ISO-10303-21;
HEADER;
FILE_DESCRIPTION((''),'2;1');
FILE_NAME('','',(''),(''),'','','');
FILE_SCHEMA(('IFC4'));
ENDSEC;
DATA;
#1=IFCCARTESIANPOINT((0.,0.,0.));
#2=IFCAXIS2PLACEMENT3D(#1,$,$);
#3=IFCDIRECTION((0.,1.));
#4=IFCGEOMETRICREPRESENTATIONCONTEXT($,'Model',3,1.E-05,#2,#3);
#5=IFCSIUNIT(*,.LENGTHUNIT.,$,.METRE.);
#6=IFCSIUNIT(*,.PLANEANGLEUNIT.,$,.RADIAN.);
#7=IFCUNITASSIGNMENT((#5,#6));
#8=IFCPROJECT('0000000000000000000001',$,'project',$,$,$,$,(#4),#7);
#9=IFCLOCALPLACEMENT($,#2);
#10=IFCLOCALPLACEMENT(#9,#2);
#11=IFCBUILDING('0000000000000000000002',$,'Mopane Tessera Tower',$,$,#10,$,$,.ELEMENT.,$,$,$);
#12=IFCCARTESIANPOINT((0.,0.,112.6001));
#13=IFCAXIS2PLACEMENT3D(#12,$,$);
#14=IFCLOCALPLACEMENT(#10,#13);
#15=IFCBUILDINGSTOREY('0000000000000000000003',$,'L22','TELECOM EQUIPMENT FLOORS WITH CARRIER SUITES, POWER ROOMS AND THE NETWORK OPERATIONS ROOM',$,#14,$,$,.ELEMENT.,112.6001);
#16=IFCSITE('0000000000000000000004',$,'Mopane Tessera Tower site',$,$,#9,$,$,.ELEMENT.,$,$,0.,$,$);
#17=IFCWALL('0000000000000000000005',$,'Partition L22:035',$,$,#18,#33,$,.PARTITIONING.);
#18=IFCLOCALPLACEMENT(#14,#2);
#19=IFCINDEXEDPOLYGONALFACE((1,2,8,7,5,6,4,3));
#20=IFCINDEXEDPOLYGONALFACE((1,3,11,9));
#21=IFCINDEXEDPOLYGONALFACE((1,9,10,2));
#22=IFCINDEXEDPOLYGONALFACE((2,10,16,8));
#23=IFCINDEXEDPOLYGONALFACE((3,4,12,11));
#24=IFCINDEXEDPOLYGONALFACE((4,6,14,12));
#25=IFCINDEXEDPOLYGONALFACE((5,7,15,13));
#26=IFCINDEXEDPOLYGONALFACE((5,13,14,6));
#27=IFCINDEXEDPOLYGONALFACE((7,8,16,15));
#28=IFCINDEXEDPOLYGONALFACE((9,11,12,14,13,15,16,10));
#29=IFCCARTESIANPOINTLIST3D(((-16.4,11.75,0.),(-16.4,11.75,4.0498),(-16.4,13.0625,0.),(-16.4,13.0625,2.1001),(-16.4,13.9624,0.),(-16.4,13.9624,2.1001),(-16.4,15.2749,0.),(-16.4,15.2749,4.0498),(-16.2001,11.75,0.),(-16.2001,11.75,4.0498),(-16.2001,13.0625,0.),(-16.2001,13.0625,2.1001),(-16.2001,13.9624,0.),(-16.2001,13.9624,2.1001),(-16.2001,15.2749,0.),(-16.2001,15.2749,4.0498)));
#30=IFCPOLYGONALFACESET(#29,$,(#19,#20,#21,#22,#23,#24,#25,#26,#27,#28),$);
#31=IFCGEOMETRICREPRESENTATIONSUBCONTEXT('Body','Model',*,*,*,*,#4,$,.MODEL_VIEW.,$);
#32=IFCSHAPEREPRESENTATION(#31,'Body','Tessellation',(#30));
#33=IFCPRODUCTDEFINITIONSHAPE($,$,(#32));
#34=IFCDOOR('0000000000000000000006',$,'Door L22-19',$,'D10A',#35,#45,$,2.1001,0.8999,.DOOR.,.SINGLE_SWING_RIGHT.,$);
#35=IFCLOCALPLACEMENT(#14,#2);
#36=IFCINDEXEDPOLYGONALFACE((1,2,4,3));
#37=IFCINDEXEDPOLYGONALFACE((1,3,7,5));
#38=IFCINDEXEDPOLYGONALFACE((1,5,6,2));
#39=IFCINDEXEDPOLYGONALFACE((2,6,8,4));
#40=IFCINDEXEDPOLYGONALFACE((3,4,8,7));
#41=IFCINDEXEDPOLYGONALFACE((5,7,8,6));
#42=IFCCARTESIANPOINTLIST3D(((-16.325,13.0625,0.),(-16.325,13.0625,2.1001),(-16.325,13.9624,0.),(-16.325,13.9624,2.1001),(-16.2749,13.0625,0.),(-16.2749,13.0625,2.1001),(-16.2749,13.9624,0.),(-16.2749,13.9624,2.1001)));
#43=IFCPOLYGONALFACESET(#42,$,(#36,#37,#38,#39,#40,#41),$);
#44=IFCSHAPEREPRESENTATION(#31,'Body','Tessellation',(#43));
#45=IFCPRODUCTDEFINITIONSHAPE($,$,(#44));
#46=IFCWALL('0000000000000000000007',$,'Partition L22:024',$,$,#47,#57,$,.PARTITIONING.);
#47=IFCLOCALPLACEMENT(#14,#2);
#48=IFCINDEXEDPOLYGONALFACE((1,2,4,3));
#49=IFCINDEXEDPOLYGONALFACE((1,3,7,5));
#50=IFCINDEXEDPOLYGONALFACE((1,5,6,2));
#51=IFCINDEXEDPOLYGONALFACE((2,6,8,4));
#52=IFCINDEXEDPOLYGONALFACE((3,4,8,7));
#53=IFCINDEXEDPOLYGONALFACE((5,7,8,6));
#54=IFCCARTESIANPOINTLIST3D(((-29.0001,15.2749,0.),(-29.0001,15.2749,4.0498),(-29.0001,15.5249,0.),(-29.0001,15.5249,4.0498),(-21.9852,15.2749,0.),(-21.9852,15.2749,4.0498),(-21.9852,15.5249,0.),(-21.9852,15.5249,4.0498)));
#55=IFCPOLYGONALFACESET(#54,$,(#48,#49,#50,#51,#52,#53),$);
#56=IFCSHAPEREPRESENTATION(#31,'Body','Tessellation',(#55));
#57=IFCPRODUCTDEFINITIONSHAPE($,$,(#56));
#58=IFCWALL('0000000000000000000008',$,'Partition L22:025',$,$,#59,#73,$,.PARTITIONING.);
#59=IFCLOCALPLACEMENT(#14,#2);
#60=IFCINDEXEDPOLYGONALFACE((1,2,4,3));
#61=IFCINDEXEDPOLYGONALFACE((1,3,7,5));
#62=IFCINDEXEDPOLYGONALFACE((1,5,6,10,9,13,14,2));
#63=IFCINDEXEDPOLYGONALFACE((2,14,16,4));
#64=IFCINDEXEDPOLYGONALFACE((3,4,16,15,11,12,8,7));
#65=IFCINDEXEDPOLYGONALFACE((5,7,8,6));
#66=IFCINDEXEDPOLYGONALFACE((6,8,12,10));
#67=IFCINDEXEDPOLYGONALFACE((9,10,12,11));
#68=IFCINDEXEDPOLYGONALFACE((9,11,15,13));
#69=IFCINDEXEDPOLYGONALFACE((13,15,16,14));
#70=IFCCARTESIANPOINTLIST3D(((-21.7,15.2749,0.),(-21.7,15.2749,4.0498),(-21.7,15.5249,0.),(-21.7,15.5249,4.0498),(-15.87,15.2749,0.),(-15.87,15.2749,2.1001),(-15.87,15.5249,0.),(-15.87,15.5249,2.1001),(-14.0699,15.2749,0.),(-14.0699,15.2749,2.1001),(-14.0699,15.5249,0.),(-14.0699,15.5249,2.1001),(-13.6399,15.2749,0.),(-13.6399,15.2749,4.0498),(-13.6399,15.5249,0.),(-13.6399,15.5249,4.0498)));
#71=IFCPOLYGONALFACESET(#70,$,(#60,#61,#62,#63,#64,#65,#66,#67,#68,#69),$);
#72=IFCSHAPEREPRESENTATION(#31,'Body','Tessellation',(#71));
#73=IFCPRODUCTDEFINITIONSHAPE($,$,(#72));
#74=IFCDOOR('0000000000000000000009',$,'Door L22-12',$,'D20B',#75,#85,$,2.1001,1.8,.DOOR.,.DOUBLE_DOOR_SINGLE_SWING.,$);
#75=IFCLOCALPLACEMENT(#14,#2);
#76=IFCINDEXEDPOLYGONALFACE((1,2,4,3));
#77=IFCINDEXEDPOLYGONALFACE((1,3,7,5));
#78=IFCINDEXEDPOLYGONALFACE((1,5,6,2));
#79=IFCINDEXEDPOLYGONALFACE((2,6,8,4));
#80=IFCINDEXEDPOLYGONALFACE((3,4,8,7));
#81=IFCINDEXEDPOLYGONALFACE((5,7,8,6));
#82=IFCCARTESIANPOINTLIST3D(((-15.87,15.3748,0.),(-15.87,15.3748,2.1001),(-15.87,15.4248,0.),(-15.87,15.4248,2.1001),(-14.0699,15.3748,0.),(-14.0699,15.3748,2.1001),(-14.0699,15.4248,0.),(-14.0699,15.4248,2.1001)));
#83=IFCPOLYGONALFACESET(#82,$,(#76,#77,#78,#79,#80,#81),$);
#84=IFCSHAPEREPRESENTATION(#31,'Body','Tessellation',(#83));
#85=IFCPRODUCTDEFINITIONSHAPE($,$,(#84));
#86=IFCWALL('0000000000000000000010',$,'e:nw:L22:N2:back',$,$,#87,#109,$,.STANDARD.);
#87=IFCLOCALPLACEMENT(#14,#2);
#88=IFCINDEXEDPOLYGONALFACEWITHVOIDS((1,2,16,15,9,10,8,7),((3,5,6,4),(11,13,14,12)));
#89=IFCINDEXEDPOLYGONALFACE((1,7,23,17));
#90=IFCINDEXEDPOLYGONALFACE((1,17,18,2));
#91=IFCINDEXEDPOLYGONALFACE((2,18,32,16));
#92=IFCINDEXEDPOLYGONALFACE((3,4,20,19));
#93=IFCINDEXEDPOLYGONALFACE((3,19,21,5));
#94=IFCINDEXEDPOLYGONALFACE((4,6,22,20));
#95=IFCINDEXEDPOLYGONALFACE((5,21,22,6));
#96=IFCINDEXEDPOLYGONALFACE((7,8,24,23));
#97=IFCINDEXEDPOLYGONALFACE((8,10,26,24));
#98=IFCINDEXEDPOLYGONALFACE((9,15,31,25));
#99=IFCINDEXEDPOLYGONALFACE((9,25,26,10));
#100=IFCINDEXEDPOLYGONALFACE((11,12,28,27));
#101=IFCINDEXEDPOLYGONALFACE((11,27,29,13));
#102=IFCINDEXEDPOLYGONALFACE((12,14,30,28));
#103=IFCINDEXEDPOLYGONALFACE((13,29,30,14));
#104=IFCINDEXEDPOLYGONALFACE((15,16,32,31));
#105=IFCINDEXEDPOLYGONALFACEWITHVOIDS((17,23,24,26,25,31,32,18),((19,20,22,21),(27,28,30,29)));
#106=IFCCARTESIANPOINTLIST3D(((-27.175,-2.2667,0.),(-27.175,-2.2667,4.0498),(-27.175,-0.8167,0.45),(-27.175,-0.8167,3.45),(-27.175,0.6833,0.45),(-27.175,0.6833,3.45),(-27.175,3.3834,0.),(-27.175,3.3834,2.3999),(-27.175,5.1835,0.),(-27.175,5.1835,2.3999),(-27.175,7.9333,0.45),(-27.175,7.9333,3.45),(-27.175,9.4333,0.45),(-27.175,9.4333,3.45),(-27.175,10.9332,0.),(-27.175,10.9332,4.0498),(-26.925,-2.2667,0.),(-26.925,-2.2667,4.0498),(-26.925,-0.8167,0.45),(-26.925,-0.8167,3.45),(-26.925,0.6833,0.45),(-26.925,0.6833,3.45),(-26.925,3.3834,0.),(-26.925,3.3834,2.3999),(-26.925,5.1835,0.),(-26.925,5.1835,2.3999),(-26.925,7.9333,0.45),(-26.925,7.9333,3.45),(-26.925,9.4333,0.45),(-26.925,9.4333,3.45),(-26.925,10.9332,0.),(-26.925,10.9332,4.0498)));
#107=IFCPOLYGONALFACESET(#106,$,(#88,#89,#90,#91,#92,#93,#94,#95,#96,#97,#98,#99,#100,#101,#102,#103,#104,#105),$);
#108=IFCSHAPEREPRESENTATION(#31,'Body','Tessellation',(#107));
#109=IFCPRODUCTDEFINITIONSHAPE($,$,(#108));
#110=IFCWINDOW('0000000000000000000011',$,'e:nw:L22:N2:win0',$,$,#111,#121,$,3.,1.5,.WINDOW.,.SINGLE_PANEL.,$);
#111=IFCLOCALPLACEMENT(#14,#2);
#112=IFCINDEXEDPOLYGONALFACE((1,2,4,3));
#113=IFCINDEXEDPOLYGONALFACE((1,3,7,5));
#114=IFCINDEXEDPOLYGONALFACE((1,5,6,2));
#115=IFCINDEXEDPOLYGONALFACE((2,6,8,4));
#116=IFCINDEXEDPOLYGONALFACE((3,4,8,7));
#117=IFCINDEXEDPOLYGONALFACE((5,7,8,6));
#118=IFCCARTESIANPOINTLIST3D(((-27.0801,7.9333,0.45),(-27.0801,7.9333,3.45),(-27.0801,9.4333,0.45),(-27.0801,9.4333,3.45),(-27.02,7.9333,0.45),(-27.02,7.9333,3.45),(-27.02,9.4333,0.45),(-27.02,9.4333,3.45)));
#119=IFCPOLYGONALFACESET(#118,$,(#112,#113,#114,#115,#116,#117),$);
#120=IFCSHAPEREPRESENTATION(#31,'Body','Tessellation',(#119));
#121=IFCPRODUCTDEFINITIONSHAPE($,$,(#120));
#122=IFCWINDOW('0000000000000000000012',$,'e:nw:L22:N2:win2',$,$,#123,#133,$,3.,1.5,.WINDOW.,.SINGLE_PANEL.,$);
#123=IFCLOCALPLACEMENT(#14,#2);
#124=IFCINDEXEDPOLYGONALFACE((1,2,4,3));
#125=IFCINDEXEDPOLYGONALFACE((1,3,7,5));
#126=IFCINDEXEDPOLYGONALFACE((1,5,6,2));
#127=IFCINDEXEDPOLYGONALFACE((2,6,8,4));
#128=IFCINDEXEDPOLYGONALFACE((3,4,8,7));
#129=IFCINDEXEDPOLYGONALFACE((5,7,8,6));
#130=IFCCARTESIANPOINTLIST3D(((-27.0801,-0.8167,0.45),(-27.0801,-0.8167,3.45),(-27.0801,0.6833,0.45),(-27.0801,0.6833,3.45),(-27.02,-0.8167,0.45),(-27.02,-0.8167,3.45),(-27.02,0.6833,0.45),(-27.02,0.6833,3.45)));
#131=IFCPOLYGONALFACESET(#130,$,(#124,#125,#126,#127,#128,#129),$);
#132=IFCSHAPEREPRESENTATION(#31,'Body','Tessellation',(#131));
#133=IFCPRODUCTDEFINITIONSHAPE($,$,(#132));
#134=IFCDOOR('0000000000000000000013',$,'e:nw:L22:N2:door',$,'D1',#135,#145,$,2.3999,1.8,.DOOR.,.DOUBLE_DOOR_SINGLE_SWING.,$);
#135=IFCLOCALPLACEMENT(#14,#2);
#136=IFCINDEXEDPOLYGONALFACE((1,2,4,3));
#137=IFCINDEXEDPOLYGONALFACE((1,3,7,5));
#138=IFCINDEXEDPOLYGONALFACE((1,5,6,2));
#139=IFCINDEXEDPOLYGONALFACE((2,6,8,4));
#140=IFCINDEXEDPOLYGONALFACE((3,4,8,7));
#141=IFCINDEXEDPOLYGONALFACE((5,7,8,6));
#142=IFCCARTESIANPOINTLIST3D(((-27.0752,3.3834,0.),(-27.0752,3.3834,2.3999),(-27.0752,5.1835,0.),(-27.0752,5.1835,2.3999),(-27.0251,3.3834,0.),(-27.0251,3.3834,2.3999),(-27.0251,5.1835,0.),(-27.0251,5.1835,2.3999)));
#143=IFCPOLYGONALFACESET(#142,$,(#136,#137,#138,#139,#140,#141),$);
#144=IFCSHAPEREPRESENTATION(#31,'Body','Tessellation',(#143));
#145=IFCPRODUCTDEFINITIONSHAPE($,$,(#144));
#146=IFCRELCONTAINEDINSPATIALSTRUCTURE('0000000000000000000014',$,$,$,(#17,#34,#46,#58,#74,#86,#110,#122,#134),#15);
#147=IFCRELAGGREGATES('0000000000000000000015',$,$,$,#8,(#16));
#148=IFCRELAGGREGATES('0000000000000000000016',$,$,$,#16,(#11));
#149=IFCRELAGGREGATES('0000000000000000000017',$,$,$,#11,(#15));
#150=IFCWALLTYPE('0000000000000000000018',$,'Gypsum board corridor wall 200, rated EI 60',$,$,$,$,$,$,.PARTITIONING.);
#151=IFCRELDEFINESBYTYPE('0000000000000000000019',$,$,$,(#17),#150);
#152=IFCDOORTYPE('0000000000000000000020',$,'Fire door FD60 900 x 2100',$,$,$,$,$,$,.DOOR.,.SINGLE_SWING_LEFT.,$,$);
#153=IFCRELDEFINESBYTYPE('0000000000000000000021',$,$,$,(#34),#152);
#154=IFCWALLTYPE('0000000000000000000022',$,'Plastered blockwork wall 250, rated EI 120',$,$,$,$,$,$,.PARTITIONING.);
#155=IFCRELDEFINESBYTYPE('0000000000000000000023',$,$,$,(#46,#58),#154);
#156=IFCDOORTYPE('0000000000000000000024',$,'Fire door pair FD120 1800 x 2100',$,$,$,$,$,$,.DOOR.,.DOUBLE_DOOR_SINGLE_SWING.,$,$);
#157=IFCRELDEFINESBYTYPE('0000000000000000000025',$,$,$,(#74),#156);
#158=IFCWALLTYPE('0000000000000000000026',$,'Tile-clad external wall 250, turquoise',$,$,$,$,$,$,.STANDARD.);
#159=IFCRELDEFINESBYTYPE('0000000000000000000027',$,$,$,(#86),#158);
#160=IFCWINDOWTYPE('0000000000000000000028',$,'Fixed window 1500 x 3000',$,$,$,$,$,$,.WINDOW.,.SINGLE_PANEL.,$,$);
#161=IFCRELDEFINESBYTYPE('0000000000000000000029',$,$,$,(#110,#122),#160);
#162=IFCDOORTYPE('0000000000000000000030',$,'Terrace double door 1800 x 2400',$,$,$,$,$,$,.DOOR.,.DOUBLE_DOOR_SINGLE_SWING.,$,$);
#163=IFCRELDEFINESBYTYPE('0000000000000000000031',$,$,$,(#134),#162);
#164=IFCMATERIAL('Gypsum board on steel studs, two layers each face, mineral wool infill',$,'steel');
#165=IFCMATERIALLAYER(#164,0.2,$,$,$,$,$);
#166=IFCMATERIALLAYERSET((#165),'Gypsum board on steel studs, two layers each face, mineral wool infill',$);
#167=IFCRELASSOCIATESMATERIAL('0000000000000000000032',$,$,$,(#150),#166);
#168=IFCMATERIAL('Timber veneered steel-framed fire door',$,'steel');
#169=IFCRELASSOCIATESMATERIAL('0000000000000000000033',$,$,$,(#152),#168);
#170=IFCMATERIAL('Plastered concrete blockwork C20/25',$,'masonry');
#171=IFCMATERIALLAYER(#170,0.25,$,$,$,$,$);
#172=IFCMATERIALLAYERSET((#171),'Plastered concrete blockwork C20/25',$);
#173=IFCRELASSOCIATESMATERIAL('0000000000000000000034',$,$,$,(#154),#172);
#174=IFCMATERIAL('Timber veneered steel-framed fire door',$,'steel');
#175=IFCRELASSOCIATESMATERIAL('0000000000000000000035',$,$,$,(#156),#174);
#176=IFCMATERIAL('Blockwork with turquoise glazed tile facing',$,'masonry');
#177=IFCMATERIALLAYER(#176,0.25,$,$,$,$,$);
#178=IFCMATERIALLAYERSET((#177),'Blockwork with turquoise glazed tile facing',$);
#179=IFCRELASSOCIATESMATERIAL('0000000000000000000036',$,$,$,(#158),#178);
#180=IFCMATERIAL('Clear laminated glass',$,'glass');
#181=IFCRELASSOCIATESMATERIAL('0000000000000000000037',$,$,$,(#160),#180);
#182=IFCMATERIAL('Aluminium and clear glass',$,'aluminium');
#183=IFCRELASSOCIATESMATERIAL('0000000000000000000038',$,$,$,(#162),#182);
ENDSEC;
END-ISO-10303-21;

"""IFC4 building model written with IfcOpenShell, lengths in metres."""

from ifc_helpers import new_model, si_unit, direction, frame, frame_2d, origin, place, context, subcontext, project, spatial, rectangle, extrude, material, layer, layer_set, type_object, element, fill, save


model = new_model("IFC4")

# Units and contexts
model_context = context("Model", 3, precision=1e-05, world=origin(), true_north=direction((0.0, 1.0)))
body_context = subcontext(model_context, "Body", "Model", "MODEL_VIEW")
ifc_project = project(units=[si_unit("LENGTHUNIT", "METRE"), si_unit("PLANEANGLEUNIT", "RADIAN")], contexts=[model_context])

# Site, building, storey
site_placement = place(None, origin())
site = spatial("IfcSite", under=ifc_project, at=site_placement, Name="Mopane Tessera Tower site", CompositionType="ELEMENT", RefElevation=0.0)
building_placement = place(site_placement, origin())
building = spatial("IfcBuilding", under=site, at=building_placement, Name="Mopane Tessera Tower", CompositionType="ELEMENT")
storey_placement = place(building_placement, frame((0.0, 0.0, 112.6001)))
storey = spatial("IfcBuildingStorey", under=building, at=storey_placement, Name="L22", Description="TELECOM EQUIPMENT FLOORS WITH CARRIER SUITES, POWER ROOMS AND THE NETWORK OPERATIONS ROOM", CompositionType="ELEMENT", Elevation=112.6001)

# Wall, opening, door
ifc_material_1 = material(Name="Gypsum board on steel studs, two layers each face, mineral wool infill", Category="steel")
ifc_layer_1 = layer(ifc_material_1, 0.2)
ifc_layer_set_1 = layer_set([ifc_layer_1], Name="Gypsum board on steel studs, two layers each face, mineral wool infill")
wall_type_1 = type_object("IfcWallType", Name="Gypsum board corridor wall 200, rated EI 60", PredefinedType="PARTITIONING", material=ifc_layer_set_1)
wall_1_placement = place(storey_placement, frame((-16.3, 11.75, 0.0), z_axis=(0.0, 0.0, 1.0), x_axis=(0.0, 1.0, 0.0)))
wall_1 = element("IfcWall", 1, at=wall_1_placement, inside=storey, type_object=wall_type_1, Name="Partition L22:035", PredefinedType="PARTITIONING", context=body_context, shape_type="SweptSolid", body=[
    extrude(rectangle(XDim=3.5249, YDim=0.2, at=frame_2d((1.7625, 0.0))), origin(), (0.0, 0.0, 1.0), 4.0498),
])
opening_1_placement = place(wall_1_placement, frame((1.3125, 0.0, 0.0)))
opening_1 = element("IfcOpeningElement", 2, at=opening_1_placement, cuts=wall_1, PredefinedType="OPENING", context=body_context, shape_type="SweptSolid", body=[
    extrude(rectangle(XDim=0.8999, YDim=2.1001, at=frame_2d((0.45, 1.05))), frame((0.0, 0.1121, 0.0), z_axis=(0.0, -1.0, 0.0), x_axis=(1.0, 0.0, 0.0)), (0.0, 0.0, 1.0), 0.2239),
])
ifc_material_2 = material(Name="Timber veneered steel-framed fire door", Category="steel")
door_type_1 = type_object("IfcDoorType", Name="Fire door FD60 900 x 2100", OperationType="SINGLE_SWING_LEFT", PredefinedType="DOOR", material=ifc_material_2)
door_1_placement = place(opening_1_placement, origin())
door_1 = element("IfcDoor", 3, at=door_1_placement, inside=storey, type_object=door_type_1, Name="Door L22-19", ObjectType="D10A", OperationType="SINGLE_SWING_RIGHT", OverallHeight=2.1001, OverallWidth=0.8999, PredefinedType="DOOR", context=body_context, shape_type="SweptSolid", body=[
    extrude(rectangle(XDim=0.8999, YDim=2.1001, at=frame_2d((0.45, 1.05))), frame((0.0, 0.0249, 0.0), z_axis=(0.0, -1.0, 0.0), x_axis=(1.0, 0.0, 0.0)), (0.0, 0.0, 1.0), 0.05),
])
fill(opening_1, door_1)

# Wall
ifc_material_3 = material(Name="Plastered concrete blockwork C20/25", Category="masonry")
ifc_layer_2 = layer(ifc_material_3, 0.25)
ifc_layer_set_2 = layer_set([ifc_layer_2], Name="Plastered concrete blockwork C20/25")
wall_type_2 = type_object("IfcWallType", Name="Plastered blockwork wall 250, rated EI 120", PredefinedType="PARTITIONING", material=ifc_layer_set_2)
wall_2_placement = place(storey_placement, frame((-29.0, 15.3999, 0.0), z_axis=(0.0, 0.0, 1.0), x_axis=(1.0, 0.0, 0.0)))
element("IfcWall", 4, at=wall_2_placement, inside=storey, type_object=wall_type_2, Name="Partition L22:024", PredefinedType="PARTITIONING", context=body_context, shape_type="SweptSolid", body=[
    extrude(rectangle(XDim=7.0149, YDim=0.25, at=frame_2d((3.5073, 0.0))), origin(), (0.0, 0.0, 1.0), 4.0498),
])

# Wall, opening, door
wall_3_placement = place(storey_placement, frame((-21.7, 15.3999, 0.0), z_axis=(0.0, 0.0, 1.0), x_axis=(1.0, 0.0, 0.0)))
wall_3 = element("IfcWall", 5, at=wall_3_placement, inside=storey, type_object=wall_type_2, Name="Partition L22:025", PredefinedType="PARTITIONING", context=body_context, shape_type="SweptSolid", body=[
    extrude(rectangle(XDim=8.0601, YDim=0.25, at=frame_2d((4.03, 0.0))), origin(), (0.0, 0.0, 1.0), 4.0498),
])
opening_2_placement = place(wall_3_placement, frame((5.8301, 0.0, 0.0)))
opening_2 = element("IfcOpeningElement", 6, at=opening_2_placement, cuts=wall_3, PredefinedType="OPENING", context=body_context, shape_type="SweptSolid", body=[
    extrude(rectangle(XDim=1.8, YDim=2.1001, at=frame_2d((0.8999, 1.05))), frame((0.0, 0.137, 0.0), z_axis=(0.0, -1.0, 0.0), x_axis=(1.0, 0.0, 0.0)), (0.0, 0.0, 1.0), 0.2739),
])
ifc_material_4 = material(Name="Timber veneered steel-framed fire door", Category="steel")
door_type_2 = type_object("IfcDoorType", Name="Fire door pair FD120 1800 x 2100", OperationType="DOUBLE_DOOR_SINGLE_SWING", PredefinedType="DOOR", material=ifc_material_4)
door_2_placement = place(opening_2_placement, origin())
door_2 = element("IfcDoor", 7, at=door_2_placement, inside=storey, type_object=door_type_2, Name="Door L22-12", ObjectType="D20B", OperationType="DOUBLE_DOOR_SINGLE_SWING", OverallHeight=2.1001, OverallWidth=1.8, PredefinedType="DOOR", context=body_context, shape_type="SweptSolid", body=[
    extrude(rectangle(XDim=1.8, YDim=2.1001, at=frame_2d((0.8999, 1.05))), frame((0.0, 0.0249, 0.0), z_axis=(0.0, -1.0, 0.0), x_axis=(1.0, 0.0, 0.0)), (0.0, 0.0, 1.0), 0.05),
])
fill(opening_2, door_2)

# Wall, openings, windows, door
ifc_material_5 = material(Name="Blockwork with turquoise glazed tile facing", Category="masonry")
ifc_layer_3 = layer(ifc_material_5, 0.25)
ifc_layer_set_3 = layer_set([ifc_layer_3], Name="Blockwork with turquoise glazed tile facing")
wall_type_3 = type_object("IfcWallType", Name="Tile-clad external wall 250, turquoise", PredefinedType="STANDARD", material=ifc_layer_set_3)
wall_4_placement = place(storey_placement, frame((-27.05, 10.9333, 0.0), z_axis=(0.0, 0.0, 1.0), x_axis=(0.0, -1.0, 0.0)))
wall_4 = element("IfcWall", 8, at=wall_4_placement, inside=storey, type_object=wall_type_3, Name="e:nw:L22:N2:back", PredefinedType="STANDARD", context=body_context, shape_type="SweptSolid", body=[
    extrude(rectangle(XDim=13.2, YDim=0.25, at=frame_2d((6.6001, 0.0))), origin(), (0.0, 0.0, 1.0), 4.0498),
])
opening_3_placement = place(wall_4_placement, frame((1.5, 0.0, 0.45)))
opening_3 = element("IfcOpeningElement", 9, at=opening_3_placement, cuts=wall_4, PredefinedType="OPENING", context=body_context, shape_type="SweptSolid", body=[
    extrude(rectangle(XDim=1.5, YDim=3.0, at=frame_2d((0.75, 1.5))), frame((0.0, 0.137, 0.0), z_axis=(0.0, -1.0, 0.0), x_axis=(1.0, 0.0, 0.0)), (0.0, 0.0, 1.0), 0.2739),
])
opening_4_placement = place(wall_4_placement, frame((5.75, 0.0, 0.0)))
opening_4 = element("IfcOpeningElement", 10, at=opening_4_placement, cuts=wall_4, PredefinedType="OPENING", context=body_context, shape_type="SweptSolid", body=[
    extrude(rectangle(XDim=1.8, YDim=2.3999, at=frame_2d((0.8999, 1.2))), frame((0.0, 0.137, 0.0), z_axis=(0.0, -1.0, 0.0), x_axis=(1.0, 0.0, 0.0)), (0.0, 0.0, 1.0), 0.2739),
])
opening_5_placement = place(wall_4_placement, frame((10.25, 0.0, 0.45)))
opening_5 = element("IfcOpeningElement", 11, at=opening_5_placement, cuts=wall_4, PredefinedType="OPENING", context=body_context, shape_type="SweptSolid", body=[
    extrude(rectangle(XDim=1.5, YDim=3.0, at=frame_2d((0.75, 1.5))), frame((0.0, 0.137, 0.0), z_axis=(0.0, -1.0, 0.0), x_axis=(1.0, 0.0, 0.0)), (0.0, 0.0, 1.0), 0.2739),
])
ifc_material_6 = material(Name="Clear laminated glass", Category="glass")
window_type = type_object("IfcWindowType", Name="Fixed window 1500 x 3000", PartitioningType="SINGLE_PANEL", PredefinedType="WINDOW", material=ifc_material_6)
window_1_placement = place(opening_3_placement, origin())
window_1 = element("IfcWindow", 12, at=window_1_placement, inside=storey, type_object=window_type, Name="e:nw:L22:N2:win0", OverallHeight=3.0, OverallWidth=1.5, PartitioningType="SINGLE_PANEL", PredefinedType="WINDOW", context=body_context, shape_type="SweptSolid", body=[
    extrude(rectangle(XDim=1.5, YDim=3.0, at=frame_2d((0.75, 1.5))), frame((0.0, 0.03, 0.0), z_axis=(0.0, -1.0, 0.0), x_axis=(1.0, 0.0, 0.0)), (0.0, 0.0, 1.0), 0.0601),
])
fill(opening_3, window_1)
window_2_placement = place(opening_5_placement, origin())
window_2 = element("IfcWindow", 13, at=window_2_placement, inside=storey, type_object=window_type, Name="e:nw:L22:N2:win2", OverallHeight=3.0, OverallWidth=1.5, PartitioningType="SINGLE_PANEL", PredefinedType="WINDOW", context=body_context, shape_type="SweptSolid", body=[
    extrude(rectangle(XDim=1.5, YDim=3.0, at=frame_2d((0.75, 1.5))), frame((0.0, 0.03, 0.0), z_axis=(0.0, -1.0, 0.0), x_axis=(1.0, 0.0, 0.0)), (0.0, 0.0, 1.0), 0.0601),
])
fill(opening_5, window_2)
ifc_material_7 = material(Name="Aluminium and clear glass", Category="aluminium")
door_type_3 = type_object("IfcDoorType", Name="Terrace double door 1800 x 2400", OperationType="DOUBLE_DOOR_SINGLE_SWING", PredefinedType="DOOR", material=ifc_material_7)
door_3_placement = place(opening_4_placement, origin())
door_3 = element("IfcDoor", 14, at=door_3_placement, inside=storey, type_object=door_type_3, Name="e:nw:L22:N2:door", ObjectType="D1", OperationType="DOUBLE_DOOR_SINGLE_SWING", OverallHeight=2.3999, OverallWidth=1.8, PredefinedType="DOOR", context=body_context, shape_type="SweptSolid", body=[
    extrude(rectangle(XDim=1.8, YDim=2.3999, at=frame_2d((0.8999, 1.2))), frame((0.0, 0.0249, 0.0), z_axis=(0.0, -1.0, 0.0), x_axis=(1.0, 0.0, 0.0)), (0.0, 0.0, 1.0), 0.05),
])
fill(opening_4, door_3)

save(model, "model.ifc")
